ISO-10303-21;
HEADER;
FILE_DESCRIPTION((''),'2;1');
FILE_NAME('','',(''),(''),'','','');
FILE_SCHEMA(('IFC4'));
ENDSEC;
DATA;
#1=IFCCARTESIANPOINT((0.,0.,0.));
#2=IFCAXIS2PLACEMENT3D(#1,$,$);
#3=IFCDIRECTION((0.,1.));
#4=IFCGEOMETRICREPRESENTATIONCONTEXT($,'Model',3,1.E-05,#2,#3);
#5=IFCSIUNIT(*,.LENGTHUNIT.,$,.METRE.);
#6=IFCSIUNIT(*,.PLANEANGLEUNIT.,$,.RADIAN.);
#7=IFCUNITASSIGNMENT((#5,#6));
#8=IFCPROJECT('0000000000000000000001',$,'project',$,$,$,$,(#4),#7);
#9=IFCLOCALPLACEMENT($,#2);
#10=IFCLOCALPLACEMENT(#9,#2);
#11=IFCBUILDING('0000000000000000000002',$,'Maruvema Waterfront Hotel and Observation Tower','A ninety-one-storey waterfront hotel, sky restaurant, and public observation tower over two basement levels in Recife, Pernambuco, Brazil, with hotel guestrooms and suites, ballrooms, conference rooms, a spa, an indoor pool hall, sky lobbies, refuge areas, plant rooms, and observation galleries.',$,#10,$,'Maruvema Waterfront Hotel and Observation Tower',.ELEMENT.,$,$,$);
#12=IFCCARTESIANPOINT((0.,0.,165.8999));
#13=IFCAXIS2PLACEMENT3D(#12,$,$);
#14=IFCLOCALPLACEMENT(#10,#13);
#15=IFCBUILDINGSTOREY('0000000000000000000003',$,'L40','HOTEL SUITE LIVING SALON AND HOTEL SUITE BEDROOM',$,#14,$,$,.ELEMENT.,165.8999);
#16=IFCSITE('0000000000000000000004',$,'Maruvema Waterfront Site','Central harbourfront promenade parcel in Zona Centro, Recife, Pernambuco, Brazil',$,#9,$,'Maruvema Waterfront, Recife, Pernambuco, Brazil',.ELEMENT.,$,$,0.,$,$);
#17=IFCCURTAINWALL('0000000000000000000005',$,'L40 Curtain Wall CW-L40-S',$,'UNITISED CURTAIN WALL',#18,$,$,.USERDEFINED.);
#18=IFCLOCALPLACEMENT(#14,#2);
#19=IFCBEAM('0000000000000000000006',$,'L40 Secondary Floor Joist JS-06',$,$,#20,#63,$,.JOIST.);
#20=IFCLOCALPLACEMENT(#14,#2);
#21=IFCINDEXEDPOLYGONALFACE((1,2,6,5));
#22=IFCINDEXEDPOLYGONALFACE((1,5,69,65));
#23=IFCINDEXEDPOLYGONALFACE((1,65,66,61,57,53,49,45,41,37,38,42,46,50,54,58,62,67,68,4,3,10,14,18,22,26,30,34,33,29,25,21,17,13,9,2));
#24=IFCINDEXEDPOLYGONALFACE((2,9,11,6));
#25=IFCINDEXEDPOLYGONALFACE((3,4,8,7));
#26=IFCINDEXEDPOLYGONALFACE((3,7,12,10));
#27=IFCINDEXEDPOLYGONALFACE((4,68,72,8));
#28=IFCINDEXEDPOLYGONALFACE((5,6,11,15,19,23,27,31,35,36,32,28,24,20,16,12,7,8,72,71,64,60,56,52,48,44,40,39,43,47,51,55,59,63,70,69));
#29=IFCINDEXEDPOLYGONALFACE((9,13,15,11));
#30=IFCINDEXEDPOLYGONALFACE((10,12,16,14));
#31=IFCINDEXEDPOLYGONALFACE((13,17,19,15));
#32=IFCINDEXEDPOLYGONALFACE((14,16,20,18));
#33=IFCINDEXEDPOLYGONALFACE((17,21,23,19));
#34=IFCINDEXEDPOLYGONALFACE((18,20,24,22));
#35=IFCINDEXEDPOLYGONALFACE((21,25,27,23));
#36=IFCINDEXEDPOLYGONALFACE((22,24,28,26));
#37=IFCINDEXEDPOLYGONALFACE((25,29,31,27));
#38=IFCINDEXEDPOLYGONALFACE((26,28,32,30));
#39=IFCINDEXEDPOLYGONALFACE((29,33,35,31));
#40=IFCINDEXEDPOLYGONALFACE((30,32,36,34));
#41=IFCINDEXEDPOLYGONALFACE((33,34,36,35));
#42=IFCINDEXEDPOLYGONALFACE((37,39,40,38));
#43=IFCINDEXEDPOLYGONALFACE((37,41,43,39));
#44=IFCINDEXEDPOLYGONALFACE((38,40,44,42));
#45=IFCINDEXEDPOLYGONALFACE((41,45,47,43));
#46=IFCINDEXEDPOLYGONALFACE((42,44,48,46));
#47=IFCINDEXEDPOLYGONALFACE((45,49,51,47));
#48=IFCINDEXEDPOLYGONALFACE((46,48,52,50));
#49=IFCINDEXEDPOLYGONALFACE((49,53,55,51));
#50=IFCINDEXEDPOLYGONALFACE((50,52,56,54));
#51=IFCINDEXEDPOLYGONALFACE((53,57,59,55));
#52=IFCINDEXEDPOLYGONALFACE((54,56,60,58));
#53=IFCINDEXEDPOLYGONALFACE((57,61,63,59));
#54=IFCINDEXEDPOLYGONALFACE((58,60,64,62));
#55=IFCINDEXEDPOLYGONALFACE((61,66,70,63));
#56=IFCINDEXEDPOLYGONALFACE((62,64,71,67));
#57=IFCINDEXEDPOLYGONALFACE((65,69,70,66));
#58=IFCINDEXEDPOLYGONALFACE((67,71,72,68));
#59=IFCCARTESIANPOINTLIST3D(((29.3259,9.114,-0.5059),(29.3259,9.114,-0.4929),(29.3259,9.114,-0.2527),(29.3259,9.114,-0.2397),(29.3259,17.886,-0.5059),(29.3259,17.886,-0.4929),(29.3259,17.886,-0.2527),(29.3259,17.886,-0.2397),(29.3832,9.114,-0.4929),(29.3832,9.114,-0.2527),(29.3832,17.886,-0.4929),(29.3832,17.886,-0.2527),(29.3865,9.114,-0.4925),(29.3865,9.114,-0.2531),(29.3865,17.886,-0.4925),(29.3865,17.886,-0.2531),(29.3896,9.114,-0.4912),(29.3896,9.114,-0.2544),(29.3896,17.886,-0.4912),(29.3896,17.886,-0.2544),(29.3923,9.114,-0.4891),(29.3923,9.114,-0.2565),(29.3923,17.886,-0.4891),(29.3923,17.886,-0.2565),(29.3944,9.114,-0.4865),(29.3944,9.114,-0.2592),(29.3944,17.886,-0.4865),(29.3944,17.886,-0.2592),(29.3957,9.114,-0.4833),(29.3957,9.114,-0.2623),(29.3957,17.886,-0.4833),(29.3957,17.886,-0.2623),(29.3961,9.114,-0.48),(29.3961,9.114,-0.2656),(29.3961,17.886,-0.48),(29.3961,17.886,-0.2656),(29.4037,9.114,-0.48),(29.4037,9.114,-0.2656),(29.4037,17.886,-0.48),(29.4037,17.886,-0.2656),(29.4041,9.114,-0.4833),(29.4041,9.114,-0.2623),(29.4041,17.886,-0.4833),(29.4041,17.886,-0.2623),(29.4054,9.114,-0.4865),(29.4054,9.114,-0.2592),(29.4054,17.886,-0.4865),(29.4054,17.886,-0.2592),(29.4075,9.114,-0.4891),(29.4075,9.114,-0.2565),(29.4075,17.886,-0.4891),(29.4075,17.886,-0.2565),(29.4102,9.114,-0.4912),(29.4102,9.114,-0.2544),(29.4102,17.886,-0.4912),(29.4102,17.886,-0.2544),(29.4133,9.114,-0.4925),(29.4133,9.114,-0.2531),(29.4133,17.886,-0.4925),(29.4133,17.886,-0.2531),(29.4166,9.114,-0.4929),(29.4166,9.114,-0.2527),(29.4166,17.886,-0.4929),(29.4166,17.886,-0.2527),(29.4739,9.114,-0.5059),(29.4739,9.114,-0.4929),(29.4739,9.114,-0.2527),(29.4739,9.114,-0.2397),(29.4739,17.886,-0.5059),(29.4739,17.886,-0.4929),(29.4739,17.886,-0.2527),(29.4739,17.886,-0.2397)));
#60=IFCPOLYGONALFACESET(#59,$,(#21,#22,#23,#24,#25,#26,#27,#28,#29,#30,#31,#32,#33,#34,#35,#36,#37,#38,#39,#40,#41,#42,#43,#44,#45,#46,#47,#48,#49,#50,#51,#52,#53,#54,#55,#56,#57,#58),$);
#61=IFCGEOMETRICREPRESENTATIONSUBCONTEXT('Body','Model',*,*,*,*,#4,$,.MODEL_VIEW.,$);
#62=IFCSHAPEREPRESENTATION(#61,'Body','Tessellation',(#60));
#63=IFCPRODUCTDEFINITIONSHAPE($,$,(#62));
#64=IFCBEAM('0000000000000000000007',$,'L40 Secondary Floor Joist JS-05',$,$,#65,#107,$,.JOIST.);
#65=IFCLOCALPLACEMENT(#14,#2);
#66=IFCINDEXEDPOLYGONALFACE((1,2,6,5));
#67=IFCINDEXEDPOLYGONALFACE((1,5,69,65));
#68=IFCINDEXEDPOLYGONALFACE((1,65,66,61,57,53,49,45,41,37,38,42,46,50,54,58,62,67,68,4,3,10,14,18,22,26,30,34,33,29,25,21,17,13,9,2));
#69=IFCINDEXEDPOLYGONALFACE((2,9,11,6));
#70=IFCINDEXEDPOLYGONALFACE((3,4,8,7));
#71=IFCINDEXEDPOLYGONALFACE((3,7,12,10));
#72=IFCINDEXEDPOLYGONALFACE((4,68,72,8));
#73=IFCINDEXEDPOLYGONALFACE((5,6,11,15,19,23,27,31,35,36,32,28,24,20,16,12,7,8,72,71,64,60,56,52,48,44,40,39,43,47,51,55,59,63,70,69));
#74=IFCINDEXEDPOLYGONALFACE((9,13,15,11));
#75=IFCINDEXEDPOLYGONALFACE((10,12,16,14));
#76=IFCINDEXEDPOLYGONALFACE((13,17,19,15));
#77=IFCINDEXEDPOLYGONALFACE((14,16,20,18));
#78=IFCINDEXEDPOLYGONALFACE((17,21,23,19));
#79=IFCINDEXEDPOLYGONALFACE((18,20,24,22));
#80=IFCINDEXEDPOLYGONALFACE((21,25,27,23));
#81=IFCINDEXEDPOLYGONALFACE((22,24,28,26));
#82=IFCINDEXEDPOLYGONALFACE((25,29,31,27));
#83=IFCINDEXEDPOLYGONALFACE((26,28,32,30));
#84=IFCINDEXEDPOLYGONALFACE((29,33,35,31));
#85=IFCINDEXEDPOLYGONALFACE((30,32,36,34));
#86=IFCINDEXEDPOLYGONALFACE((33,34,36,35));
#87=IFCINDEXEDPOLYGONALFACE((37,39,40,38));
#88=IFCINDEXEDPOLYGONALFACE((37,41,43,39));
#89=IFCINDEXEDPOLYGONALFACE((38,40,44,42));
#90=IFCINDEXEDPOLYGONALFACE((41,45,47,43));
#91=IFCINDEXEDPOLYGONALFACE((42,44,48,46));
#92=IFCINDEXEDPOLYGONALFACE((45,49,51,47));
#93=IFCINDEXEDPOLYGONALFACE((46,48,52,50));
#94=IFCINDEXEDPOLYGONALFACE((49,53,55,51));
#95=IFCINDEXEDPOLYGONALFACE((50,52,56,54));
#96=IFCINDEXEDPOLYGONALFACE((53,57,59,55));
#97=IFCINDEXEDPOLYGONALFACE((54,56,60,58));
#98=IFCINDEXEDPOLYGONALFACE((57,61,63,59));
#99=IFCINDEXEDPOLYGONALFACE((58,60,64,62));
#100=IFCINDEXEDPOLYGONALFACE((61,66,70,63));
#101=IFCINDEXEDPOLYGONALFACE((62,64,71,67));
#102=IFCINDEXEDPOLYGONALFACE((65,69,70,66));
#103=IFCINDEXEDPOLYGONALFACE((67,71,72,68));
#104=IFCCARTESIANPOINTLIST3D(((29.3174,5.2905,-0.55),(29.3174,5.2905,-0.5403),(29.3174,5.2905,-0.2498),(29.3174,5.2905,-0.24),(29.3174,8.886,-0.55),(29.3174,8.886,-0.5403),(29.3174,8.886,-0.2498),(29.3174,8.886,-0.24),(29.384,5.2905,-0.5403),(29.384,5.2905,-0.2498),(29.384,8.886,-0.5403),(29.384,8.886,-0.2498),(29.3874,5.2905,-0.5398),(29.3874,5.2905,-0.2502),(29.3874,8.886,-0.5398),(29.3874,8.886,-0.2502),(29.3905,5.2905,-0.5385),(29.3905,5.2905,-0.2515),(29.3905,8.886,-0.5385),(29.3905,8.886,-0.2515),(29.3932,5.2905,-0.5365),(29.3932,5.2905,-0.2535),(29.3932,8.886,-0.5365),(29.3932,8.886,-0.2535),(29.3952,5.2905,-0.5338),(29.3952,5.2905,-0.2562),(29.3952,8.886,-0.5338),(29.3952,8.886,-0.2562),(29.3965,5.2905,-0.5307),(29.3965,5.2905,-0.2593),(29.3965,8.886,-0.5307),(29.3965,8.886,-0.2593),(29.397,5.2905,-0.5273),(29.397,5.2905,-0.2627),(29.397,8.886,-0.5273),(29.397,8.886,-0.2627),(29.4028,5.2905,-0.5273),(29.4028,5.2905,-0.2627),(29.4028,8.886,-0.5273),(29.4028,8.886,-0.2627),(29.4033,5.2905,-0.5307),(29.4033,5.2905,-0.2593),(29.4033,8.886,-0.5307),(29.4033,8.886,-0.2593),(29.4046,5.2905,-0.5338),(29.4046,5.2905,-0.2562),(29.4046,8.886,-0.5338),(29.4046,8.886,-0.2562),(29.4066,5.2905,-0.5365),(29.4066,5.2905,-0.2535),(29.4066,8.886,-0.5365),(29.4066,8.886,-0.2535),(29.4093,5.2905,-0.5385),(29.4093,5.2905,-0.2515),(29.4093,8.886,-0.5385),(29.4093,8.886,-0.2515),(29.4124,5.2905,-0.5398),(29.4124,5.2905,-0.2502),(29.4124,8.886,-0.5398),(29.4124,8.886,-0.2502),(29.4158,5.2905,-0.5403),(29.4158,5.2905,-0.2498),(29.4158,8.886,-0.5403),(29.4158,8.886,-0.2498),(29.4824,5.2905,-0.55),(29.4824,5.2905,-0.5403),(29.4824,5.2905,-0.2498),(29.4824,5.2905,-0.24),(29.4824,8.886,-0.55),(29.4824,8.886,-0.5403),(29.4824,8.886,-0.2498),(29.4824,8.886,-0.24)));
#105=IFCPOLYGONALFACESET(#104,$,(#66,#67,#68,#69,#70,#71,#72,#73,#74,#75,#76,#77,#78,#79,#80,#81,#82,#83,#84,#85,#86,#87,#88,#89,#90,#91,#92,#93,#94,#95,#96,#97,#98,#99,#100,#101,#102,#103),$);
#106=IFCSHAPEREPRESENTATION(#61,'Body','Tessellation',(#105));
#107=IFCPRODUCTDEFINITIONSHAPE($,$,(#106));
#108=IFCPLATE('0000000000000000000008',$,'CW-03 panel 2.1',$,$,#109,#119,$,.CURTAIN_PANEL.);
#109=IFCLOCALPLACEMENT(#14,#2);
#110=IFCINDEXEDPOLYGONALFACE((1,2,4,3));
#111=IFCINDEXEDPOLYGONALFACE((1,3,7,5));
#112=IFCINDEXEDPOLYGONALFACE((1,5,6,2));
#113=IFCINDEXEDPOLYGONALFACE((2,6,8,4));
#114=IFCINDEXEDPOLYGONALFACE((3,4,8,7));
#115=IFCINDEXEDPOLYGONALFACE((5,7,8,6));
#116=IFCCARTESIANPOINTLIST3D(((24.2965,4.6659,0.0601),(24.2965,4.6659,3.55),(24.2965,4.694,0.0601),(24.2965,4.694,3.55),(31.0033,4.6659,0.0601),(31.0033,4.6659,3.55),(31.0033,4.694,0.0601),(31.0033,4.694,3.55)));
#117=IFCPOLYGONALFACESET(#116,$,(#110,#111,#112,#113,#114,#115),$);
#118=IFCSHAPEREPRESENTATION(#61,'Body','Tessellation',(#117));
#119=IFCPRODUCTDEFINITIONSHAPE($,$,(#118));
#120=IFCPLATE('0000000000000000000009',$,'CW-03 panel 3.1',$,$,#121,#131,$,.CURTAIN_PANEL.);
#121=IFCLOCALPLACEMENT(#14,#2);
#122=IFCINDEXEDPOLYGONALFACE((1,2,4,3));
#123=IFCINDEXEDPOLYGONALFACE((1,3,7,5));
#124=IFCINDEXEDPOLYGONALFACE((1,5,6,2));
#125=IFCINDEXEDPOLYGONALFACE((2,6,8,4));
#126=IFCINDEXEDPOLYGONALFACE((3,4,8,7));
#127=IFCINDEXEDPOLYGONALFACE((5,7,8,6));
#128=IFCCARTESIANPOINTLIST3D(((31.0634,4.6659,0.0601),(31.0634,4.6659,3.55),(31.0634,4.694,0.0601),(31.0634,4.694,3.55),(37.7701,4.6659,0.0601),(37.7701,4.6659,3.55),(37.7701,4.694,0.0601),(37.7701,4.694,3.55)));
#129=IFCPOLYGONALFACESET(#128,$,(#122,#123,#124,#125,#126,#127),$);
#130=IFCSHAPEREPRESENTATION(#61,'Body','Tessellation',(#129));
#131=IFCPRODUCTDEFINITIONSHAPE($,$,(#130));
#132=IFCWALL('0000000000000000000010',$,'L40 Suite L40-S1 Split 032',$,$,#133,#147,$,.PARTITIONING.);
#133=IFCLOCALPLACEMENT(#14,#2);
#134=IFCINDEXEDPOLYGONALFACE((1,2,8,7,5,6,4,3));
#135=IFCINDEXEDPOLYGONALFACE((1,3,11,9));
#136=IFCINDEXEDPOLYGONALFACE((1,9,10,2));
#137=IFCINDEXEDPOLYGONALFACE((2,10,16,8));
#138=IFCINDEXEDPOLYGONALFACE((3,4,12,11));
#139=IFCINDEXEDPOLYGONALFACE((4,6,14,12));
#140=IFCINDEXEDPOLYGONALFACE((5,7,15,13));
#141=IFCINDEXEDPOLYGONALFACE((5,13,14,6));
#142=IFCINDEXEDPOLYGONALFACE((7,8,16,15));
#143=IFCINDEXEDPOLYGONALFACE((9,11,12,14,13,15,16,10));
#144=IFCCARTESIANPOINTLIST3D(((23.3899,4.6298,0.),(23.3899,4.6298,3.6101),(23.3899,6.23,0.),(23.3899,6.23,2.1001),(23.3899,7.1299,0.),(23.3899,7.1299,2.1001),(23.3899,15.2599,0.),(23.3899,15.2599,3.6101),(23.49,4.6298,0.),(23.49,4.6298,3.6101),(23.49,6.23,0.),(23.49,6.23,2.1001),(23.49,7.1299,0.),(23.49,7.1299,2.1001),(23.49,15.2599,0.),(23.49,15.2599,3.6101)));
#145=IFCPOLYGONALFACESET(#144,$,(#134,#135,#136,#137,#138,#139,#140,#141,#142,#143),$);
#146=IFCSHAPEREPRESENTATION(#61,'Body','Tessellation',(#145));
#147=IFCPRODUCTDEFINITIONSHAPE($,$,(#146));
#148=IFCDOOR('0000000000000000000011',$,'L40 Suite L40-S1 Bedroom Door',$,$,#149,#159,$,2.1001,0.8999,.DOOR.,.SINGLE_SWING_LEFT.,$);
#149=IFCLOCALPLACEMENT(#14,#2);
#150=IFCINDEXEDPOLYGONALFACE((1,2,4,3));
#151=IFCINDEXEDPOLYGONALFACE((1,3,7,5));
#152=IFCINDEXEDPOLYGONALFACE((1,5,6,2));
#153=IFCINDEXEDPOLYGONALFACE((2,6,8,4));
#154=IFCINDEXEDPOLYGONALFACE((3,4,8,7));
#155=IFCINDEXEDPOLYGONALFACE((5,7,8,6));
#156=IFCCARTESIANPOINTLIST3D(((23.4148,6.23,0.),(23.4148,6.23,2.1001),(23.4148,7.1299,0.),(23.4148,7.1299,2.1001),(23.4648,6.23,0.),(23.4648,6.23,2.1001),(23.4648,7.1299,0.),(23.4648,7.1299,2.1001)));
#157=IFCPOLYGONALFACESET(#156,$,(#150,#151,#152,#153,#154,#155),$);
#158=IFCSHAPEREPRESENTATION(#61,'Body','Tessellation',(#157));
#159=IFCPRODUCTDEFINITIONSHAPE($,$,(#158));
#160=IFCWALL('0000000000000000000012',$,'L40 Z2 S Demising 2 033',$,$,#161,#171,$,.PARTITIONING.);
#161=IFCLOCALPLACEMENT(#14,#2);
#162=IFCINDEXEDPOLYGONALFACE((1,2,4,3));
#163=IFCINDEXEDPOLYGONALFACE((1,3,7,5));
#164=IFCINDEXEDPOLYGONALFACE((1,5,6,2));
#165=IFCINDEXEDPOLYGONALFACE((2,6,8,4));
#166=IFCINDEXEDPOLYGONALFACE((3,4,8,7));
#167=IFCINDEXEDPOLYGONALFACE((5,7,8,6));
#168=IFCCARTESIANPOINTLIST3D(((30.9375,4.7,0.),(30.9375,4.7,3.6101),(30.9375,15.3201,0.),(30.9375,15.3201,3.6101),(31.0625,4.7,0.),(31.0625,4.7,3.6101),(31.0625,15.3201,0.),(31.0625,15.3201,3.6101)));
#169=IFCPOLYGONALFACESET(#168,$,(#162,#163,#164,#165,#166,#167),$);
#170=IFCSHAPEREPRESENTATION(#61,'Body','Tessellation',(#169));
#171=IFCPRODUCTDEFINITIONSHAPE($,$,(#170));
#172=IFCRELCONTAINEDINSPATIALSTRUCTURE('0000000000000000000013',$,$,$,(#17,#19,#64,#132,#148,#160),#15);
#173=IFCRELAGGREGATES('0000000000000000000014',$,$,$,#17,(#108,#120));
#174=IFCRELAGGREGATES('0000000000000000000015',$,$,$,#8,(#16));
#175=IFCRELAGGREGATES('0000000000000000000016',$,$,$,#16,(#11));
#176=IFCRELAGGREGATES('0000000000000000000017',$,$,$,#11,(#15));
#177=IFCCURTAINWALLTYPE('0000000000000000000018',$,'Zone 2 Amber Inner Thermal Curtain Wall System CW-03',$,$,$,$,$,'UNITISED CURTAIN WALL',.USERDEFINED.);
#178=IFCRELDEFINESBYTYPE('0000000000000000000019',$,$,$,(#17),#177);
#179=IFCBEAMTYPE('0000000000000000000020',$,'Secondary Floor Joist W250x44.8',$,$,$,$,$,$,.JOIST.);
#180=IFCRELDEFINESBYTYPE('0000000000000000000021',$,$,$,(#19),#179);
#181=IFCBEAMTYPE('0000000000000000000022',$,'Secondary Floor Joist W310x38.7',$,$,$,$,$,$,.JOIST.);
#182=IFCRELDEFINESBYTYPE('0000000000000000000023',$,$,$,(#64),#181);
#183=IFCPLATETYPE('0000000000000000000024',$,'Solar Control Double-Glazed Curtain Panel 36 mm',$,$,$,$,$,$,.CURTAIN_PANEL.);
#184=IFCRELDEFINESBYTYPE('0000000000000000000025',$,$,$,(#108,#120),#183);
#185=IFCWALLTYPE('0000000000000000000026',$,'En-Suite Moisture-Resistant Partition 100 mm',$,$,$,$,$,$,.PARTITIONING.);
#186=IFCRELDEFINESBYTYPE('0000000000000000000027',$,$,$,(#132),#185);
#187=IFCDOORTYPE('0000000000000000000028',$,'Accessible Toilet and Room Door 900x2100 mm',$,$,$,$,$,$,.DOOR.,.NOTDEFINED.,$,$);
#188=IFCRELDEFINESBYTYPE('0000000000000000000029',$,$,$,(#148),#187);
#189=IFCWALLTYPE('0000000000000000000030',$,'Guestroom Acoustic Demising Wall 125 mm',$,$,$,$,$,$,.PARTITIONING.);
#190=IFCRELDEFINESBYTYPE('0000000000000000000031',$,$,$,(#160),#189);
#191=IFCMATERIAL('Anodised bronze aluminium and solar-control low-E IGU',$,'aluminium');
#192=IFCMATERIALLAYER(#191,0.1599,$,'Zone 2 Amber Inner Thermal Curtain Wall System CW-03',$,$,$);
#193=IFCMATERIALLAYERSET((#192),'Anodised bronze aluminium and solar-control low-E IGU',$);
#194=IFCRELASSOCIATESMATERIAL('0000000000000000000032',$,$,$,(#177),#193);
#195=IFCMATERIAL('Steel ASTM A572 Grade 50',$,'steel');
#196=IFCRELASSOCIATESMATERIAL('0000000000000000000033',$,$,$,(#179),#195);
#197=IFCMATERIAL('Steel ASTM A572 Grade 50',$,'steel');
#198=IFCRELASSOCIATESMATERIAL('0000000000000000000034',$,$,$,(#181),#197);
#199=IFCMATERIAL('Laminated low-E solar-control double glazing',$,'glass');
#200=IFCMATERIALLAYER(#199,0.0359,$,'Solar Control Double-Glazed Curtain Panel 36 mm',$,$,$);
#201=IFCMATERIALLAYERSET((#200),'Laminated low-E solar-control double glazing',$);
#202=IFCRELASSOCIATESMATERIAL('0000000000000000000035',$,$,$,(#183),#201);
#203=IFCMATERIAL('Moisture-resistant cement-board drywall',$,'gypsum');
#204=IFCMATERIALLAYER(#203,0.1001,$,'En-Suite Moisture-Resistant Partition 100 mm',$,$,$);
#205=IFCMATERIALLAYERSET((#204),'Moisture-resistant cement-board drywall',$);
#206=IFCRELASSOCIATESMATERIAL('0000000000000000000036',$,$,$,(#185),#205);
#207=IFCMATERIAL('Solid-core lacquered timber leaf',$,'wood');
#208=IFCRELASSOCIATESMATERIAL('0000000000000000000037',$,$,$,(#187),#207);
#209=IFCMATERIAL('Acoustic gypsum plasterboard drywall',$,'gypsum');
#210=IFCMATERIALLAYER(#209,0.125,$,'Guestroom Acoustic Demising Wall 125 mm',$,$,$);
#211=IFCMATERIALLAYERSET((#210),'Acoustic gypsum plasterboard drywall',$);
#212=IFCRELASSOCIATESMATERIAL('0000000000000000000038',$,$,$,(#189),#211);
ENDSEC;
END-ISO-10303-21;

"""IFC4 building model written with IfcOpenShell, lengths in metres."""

from ifc_helpers import new_model, si_unit, direction, frame, frame_2d, origin, origin_2d, place, context, subcontext, project, spatial, rectangle, i_section, extrude, material, layer, layer_set, material_profile, profile_set, type_object, element, fill, aggregate, save


model = new_model("IFC4")

# Units and contexts
model_context = context("Model", 3, precision=1e-05, world=origin(), true_north=direction((0.0, 1.0)))
body_context = subcontext(model_context, "Body", "Model", "MODEL_VIEW")
ifc_project = project(units=[si_unit("LENGTHUNIT", "METRE"), si_unit("PLANEANGLEUNIT", "RADIAN")], contexts=[model_context])

# Site, building, storey
site_placement = place(None, origin())
site = spatial("IfcSite", under=ifc_project, at=site_placement, Name="Maruvema Waterfront Site", Description="Central harbourfront promenade parcel in Zona Centro, Recife, Pernambuco, Brazil", LongName="Maruvema Waterfront, Recife, Pernambuco, Brazil", CompositionType="ELEMENT", RefElevation=0.0)
building_placement = place(site_placement, origin())
building = spatial("IfcBuilding", under=site, at=building_placement, Name="Maruvema Waterfront Hotel and Observation Tower", Description="A ninety-one-storey waterfront hotel, sky restaurant, and public observation tower over two basement levels in Recife, Pernambuco, Brazil, with hotel guestrooms and suites, ballrooms, conference rooms, a spa, an indoor pool hall, sky lobbies, refuge areas, plant rooms, and observation galleries.", LongName="Maruvema Waterfront Hotel and Observation Tower", CompositionType="ELEMENT")
storey_placement = place(building_placement, frame((0.0, 0.0, 165.8999)))
storey = spatial("IfcBuildingStorey", under=building, at=storey_placement, Name="L40", Description="HOTEL SUITE LIVING SALON AND HOTEL SUITE BEDROOM", CompositionType="ELEMENT", Elevation=165.8999)

# Curtain wall
ifc_material_1 = material(Name="Anodised bronze aluminium and solar-control low-E IGU", Category="aluminium")
ifc_layer_1 = layer(ifc_material_1, 0.1599, Name="Zone 2 Amber Inner Thermal Curtain Wall System CW-03")
ifc_layer_set_1 = layer_set([ifc_layer_1], Name="Anodised bronze aluminium and solar-control low-E IGU")
curtain_wall_type = type_object("IfcCurtainWallType", Name="Zone 2 Amber Inner Thermal Curtain Wall System CW-03", ElementType="UNITISED CURTAIN WALL", PredefinedType="USERDEFINED", material=ifc_layer_set_1)
curtain_wall_placement = place(storey_placement, origin())
curtain_wall = element("IfcCurtainWall", 1, at=curtain_wall_placement, inside=storey, type_object=curtain_wall_type, Name="L40 Curtain Wall CW-L40-S", ObjectType="UNITISED CURTAIN WALL", PredefinedType="USERDEFINED")

# Beams
ifc_material_2 = material(Name="Steel ASTM A572 Grade 50", Category="steel")
ifc_material_profile_1 = material_profile(ifc_material_2, i_section(OverallWidth=0.1479, OverallDepth=0.2661, WebThickness=0.0076, FlangeThickness=0.0129, FilletRadius=0.0129, at=origin_2d()), Name="W250x44.8")
ifc_profile_set_1 = profile_set([ifc_material_profile_1], Name="Steel ASTM A572 Grade 50")
beam_type_1 = type_object("IfcBeamType", Name="Secondary Floor Joist W250x44.8", PredefinedType="JOIST", material=ifc_profile_set_1)
beam_1_placement = place(storey_placement, frame((29.3999, 9.114, -0.3728), z_axis=(0.0, 1.0, 0.0), x_axis=(-1.0, 0.0, 0.0)))
element("IfcBeam", 2, at=beam_1_placement, inside=storey, type_object=beam_type_1, Name="L40 Secondary Floor Joist JS-06", PredefinedType="JOIST", context=body_context, shape_type="SweptSolid", body=[
    extrude(i_section(OverallWidth=0.1479, OverallDepth=0.2661, WebThickness=0.0076, FlangeThickness=0.0129, FilletRadius=0.0129, at=origin_2d()), origin(), (0.0, 0.0, 1.0), 8.772),
])
ifc_material_3 = material(Name="Steel ASTM A572 Grade 50", Category="steel")
ifc_material_profile_2 = material_profile(ifc_material_3, i_section(OverallWidth=0.165, OverallDepth=0.3101, WebThickness=0.0059, FlangeThickness=0.0098, FilletRadius=0.0129, at=origin_2d()), Name="W310x38.7")
ifc_profile_set_2 = profile_set([ifc_material_profile_2], Name="Steel ASTM A572 Grade 50")
beam_type_2 = type_object("IfcBeamType", Name="Secondary Floor Joist W310x38.7", PredefinedType="JOIST", material=ifc_profile_set_2)
beam_2_placement = place(storey_placement, frame((29.3999, 5.2905, -0.395), z_axis=(0.0, 1.0, 0.0), x_axis=(-1.0, 0.0, 0.0)))
element("IfcBeam", 3, at=beam_2_placement, inside=storey, type_object=beam_type_2, Name="L40 Secondary Floor Joist JS-05", PredefinedType="JOIST", context=body_context, shape_type="SweptSolid", body=[
    extrude(i_section(OverallWidth=0.165, OverallDepth=0.3101, WebThickness=0.0059, FlangeThickness=0.0098, FilletRadius=0.0129, at=origin_2d()), origin(), (0.0, 0.0, 1.0), 3.5955),
])

# Plates
ifc_material_4 = material(Name="Laminated low-E solar-control double glazing", Category="glass")
ifc_layer_2 = layer(ifc_material_4, 0.0359, Name="Solar Control Double-Glazed Curtain Panel 36 mm")
ifc_layer_set_2 = layer_set([ifc_layer_2], Name="Laminated low-E solar-control double glazing")
plate_type = type_object("IfcPlateType", Name="Solar Control Double-Glazed Curtain Panel 36 mm", PredefinedType="CURTAIN_PANEL", material=ifc_layer_set_2)
plate_1_placement = place(storey_placement, frame((27.6499, 4.6799, 0.0601), z_axis=(0.0, 0.0, 1.0), x_axis=(1.0, 0.0, 0.0)))
plate_1 = element("IfcPlate", 4, at=plate_1_placement, type_object=plate_type, Name="CW-03 panel 2.1", PredefinedType="CURTAIN_PANEL", context=body_context, shape_type="SweptSolid", body=[
    extrude(rectangle(XDim=6.7068, YDim=0.0281, at=origin_2d()), origin(), (0.0, 0.0, 1.0), 3.49),
])
plate_2_placement = place(storey_placement, frame((34.4167, 4.6799, 0.0601), z_axis=(0.0, 0.0, 1.0), x_axis=(1.0, 0.0, 0.0)))
plate_2 = element("IfcPlate", 5, at=plate_2_placement, type_object=plate_type, Name="CW-03 panel 3.1", PredefinedType="CURTAIN_PANEL", context=body_context, shape_type="SweptSolid", body=[
    extrude(rectangle(XDim=6.7068, YDim=0.0281, at=origin_2d()), origin(), (0.0, 0.0, 1.0), 3.49),
])
aggregate(curtain_wall, [plate_1, plate_2])

# Wall, opening, door
ifc_material_5 = material(Name="Moisture-resistant cement-board drywall", Category="gypsum")
ifc_layer_3 = layer(ifc_material_5, 0.1001, Name="En-Suite Moisture-Resistant Partition 100 mm")
ifc_layer_set_3 = layer_set([ifc_layer_3], Name="Moisture-resistant cement-board drywall")
wall_type_1 = type_object("IfcWallType", Name="En-Suite Moisture-Resistant Partition 100 mm", PredefinedType="PARTITIONING", material=ifc_layer_set_3)
wall_1_placement = place(storey_placement, frame((23.4399, 4.6299, 0.0), z_axis=(0.0, 0.0, 1.0), x_axis=(0.0, 1.0, 0.0)))
wall_1 = element("IfcWall", 6, at=wall_1_placement, inside=storey, type_object=wall_type_1, Name="L40 Suite L40-S1 Split 032", PredefinedType="PARTITIONING", context=body_context, shape_type="SweptSolid", body=[
    extrude(rectangle(XDim=10.6301, YDim=0.1001, at=frame_2d((5.3149, 0.0))), origin(), (0.0, 0.0, 1.0), 3.6101),
])
opening_placement = place(wall_1_placement, frame((1.6001, 0.0, 0.0)))
opening = element("IfcOpeningElement", 7, at=opening_placement, cuts=wall_1, PredefinedType="OPENING", context=body_context, shape_type="SweptSolid", body=[
    extrude(rectangle(XDim=0.8999, YDim=2.1001, at=frame_2d((0.45, 1.05))), frame((0.0, 0.0601, 0.0), z_axis=(0.0, -1.0, 0.0), x_axis=(1.0, 0.0, 0.0)), (0.0, 0.0, 1.0), 0.1201),
])
ifc_material_6 = material(Name="Solid-core lacquered timber leaf", Category="wood")
door_type = type_object("IfcDoorType", Name="Accessible Toilet and Room Door 900x2100 mm", OperationType="NOTDEFINED", PredefinedType="DOOR", material=ifc_material_6)
door_placement = place(opening_placement, frame((0.8999, 0.0, 0.0), z_axis=(0.0, 0.0, 1.0), x_axis=(-1.0, 0.0, 0.0)))
door = element("IfcDoor", 8, at=door_placement, inside=storey, type_object=door_type, Name="L40 Suite L40-S1 Bedroom Door", OperationType="SINGLE_SWING_LEFT", OverallHeight=2.1001, OverallWidth=0.8999, PredefinedType="DOOR", context=body_context, shape_type="SweptSolid", body=[
    extrude(rectangle(XDim=0.8999, YDim=2.1001, at=frame_2d((0.45, 1.05))), frame((0.0, 0.0249, 0.0), z_axis=(0.0, -1.0, 0.0), x_axis=(1.0, 0.0, 0.0)), (0.0, 0.0, 1.0), 0.05),
])
fill(opening, door)

# Wall
ifc_material_7 = material(Name="Acoustic gypsum plasterboard drywall", Category="gypsum")
ifc_layer_4 = layer(ifc_material_7, 0.125, Name="Guestroom Acoustic Demising Wall 125 mm")
ifc_layer_set_4 = layer_set([ifc_layer_4], Name="Acoustic gypsum plasterboard drywall")
wall_type_2 = type_object("IfcWallType", Name="Guestroom Acoustic Demising Wall 125 mm", PredefinedType="PARTITIONING", material=ifc_layer_set_4)
wall_2_placement = place(storey_placement, frame((31.0, 4.7, 0.0), z_axis=(0.0, 0.0, 1.0), x_axis=(0.0, 1.0, 0.0)))
element("IfcWall", 9, at=wall_2_placement, inside=storey, type_object=wall_type_2, Name="L40 Z2 S Demising 2 033", PredefinedType="PARTITIONING", context=body_context, shape_type="SweptSolid", body=[
    extrude(rectangle(XDim=10.6201, YDim=0.125, at=frame_2d((5.3101, 0.0))), origin(), (0.0, 0.0, 1.0), 3.6101),
])

save(model, "model.ifc")
